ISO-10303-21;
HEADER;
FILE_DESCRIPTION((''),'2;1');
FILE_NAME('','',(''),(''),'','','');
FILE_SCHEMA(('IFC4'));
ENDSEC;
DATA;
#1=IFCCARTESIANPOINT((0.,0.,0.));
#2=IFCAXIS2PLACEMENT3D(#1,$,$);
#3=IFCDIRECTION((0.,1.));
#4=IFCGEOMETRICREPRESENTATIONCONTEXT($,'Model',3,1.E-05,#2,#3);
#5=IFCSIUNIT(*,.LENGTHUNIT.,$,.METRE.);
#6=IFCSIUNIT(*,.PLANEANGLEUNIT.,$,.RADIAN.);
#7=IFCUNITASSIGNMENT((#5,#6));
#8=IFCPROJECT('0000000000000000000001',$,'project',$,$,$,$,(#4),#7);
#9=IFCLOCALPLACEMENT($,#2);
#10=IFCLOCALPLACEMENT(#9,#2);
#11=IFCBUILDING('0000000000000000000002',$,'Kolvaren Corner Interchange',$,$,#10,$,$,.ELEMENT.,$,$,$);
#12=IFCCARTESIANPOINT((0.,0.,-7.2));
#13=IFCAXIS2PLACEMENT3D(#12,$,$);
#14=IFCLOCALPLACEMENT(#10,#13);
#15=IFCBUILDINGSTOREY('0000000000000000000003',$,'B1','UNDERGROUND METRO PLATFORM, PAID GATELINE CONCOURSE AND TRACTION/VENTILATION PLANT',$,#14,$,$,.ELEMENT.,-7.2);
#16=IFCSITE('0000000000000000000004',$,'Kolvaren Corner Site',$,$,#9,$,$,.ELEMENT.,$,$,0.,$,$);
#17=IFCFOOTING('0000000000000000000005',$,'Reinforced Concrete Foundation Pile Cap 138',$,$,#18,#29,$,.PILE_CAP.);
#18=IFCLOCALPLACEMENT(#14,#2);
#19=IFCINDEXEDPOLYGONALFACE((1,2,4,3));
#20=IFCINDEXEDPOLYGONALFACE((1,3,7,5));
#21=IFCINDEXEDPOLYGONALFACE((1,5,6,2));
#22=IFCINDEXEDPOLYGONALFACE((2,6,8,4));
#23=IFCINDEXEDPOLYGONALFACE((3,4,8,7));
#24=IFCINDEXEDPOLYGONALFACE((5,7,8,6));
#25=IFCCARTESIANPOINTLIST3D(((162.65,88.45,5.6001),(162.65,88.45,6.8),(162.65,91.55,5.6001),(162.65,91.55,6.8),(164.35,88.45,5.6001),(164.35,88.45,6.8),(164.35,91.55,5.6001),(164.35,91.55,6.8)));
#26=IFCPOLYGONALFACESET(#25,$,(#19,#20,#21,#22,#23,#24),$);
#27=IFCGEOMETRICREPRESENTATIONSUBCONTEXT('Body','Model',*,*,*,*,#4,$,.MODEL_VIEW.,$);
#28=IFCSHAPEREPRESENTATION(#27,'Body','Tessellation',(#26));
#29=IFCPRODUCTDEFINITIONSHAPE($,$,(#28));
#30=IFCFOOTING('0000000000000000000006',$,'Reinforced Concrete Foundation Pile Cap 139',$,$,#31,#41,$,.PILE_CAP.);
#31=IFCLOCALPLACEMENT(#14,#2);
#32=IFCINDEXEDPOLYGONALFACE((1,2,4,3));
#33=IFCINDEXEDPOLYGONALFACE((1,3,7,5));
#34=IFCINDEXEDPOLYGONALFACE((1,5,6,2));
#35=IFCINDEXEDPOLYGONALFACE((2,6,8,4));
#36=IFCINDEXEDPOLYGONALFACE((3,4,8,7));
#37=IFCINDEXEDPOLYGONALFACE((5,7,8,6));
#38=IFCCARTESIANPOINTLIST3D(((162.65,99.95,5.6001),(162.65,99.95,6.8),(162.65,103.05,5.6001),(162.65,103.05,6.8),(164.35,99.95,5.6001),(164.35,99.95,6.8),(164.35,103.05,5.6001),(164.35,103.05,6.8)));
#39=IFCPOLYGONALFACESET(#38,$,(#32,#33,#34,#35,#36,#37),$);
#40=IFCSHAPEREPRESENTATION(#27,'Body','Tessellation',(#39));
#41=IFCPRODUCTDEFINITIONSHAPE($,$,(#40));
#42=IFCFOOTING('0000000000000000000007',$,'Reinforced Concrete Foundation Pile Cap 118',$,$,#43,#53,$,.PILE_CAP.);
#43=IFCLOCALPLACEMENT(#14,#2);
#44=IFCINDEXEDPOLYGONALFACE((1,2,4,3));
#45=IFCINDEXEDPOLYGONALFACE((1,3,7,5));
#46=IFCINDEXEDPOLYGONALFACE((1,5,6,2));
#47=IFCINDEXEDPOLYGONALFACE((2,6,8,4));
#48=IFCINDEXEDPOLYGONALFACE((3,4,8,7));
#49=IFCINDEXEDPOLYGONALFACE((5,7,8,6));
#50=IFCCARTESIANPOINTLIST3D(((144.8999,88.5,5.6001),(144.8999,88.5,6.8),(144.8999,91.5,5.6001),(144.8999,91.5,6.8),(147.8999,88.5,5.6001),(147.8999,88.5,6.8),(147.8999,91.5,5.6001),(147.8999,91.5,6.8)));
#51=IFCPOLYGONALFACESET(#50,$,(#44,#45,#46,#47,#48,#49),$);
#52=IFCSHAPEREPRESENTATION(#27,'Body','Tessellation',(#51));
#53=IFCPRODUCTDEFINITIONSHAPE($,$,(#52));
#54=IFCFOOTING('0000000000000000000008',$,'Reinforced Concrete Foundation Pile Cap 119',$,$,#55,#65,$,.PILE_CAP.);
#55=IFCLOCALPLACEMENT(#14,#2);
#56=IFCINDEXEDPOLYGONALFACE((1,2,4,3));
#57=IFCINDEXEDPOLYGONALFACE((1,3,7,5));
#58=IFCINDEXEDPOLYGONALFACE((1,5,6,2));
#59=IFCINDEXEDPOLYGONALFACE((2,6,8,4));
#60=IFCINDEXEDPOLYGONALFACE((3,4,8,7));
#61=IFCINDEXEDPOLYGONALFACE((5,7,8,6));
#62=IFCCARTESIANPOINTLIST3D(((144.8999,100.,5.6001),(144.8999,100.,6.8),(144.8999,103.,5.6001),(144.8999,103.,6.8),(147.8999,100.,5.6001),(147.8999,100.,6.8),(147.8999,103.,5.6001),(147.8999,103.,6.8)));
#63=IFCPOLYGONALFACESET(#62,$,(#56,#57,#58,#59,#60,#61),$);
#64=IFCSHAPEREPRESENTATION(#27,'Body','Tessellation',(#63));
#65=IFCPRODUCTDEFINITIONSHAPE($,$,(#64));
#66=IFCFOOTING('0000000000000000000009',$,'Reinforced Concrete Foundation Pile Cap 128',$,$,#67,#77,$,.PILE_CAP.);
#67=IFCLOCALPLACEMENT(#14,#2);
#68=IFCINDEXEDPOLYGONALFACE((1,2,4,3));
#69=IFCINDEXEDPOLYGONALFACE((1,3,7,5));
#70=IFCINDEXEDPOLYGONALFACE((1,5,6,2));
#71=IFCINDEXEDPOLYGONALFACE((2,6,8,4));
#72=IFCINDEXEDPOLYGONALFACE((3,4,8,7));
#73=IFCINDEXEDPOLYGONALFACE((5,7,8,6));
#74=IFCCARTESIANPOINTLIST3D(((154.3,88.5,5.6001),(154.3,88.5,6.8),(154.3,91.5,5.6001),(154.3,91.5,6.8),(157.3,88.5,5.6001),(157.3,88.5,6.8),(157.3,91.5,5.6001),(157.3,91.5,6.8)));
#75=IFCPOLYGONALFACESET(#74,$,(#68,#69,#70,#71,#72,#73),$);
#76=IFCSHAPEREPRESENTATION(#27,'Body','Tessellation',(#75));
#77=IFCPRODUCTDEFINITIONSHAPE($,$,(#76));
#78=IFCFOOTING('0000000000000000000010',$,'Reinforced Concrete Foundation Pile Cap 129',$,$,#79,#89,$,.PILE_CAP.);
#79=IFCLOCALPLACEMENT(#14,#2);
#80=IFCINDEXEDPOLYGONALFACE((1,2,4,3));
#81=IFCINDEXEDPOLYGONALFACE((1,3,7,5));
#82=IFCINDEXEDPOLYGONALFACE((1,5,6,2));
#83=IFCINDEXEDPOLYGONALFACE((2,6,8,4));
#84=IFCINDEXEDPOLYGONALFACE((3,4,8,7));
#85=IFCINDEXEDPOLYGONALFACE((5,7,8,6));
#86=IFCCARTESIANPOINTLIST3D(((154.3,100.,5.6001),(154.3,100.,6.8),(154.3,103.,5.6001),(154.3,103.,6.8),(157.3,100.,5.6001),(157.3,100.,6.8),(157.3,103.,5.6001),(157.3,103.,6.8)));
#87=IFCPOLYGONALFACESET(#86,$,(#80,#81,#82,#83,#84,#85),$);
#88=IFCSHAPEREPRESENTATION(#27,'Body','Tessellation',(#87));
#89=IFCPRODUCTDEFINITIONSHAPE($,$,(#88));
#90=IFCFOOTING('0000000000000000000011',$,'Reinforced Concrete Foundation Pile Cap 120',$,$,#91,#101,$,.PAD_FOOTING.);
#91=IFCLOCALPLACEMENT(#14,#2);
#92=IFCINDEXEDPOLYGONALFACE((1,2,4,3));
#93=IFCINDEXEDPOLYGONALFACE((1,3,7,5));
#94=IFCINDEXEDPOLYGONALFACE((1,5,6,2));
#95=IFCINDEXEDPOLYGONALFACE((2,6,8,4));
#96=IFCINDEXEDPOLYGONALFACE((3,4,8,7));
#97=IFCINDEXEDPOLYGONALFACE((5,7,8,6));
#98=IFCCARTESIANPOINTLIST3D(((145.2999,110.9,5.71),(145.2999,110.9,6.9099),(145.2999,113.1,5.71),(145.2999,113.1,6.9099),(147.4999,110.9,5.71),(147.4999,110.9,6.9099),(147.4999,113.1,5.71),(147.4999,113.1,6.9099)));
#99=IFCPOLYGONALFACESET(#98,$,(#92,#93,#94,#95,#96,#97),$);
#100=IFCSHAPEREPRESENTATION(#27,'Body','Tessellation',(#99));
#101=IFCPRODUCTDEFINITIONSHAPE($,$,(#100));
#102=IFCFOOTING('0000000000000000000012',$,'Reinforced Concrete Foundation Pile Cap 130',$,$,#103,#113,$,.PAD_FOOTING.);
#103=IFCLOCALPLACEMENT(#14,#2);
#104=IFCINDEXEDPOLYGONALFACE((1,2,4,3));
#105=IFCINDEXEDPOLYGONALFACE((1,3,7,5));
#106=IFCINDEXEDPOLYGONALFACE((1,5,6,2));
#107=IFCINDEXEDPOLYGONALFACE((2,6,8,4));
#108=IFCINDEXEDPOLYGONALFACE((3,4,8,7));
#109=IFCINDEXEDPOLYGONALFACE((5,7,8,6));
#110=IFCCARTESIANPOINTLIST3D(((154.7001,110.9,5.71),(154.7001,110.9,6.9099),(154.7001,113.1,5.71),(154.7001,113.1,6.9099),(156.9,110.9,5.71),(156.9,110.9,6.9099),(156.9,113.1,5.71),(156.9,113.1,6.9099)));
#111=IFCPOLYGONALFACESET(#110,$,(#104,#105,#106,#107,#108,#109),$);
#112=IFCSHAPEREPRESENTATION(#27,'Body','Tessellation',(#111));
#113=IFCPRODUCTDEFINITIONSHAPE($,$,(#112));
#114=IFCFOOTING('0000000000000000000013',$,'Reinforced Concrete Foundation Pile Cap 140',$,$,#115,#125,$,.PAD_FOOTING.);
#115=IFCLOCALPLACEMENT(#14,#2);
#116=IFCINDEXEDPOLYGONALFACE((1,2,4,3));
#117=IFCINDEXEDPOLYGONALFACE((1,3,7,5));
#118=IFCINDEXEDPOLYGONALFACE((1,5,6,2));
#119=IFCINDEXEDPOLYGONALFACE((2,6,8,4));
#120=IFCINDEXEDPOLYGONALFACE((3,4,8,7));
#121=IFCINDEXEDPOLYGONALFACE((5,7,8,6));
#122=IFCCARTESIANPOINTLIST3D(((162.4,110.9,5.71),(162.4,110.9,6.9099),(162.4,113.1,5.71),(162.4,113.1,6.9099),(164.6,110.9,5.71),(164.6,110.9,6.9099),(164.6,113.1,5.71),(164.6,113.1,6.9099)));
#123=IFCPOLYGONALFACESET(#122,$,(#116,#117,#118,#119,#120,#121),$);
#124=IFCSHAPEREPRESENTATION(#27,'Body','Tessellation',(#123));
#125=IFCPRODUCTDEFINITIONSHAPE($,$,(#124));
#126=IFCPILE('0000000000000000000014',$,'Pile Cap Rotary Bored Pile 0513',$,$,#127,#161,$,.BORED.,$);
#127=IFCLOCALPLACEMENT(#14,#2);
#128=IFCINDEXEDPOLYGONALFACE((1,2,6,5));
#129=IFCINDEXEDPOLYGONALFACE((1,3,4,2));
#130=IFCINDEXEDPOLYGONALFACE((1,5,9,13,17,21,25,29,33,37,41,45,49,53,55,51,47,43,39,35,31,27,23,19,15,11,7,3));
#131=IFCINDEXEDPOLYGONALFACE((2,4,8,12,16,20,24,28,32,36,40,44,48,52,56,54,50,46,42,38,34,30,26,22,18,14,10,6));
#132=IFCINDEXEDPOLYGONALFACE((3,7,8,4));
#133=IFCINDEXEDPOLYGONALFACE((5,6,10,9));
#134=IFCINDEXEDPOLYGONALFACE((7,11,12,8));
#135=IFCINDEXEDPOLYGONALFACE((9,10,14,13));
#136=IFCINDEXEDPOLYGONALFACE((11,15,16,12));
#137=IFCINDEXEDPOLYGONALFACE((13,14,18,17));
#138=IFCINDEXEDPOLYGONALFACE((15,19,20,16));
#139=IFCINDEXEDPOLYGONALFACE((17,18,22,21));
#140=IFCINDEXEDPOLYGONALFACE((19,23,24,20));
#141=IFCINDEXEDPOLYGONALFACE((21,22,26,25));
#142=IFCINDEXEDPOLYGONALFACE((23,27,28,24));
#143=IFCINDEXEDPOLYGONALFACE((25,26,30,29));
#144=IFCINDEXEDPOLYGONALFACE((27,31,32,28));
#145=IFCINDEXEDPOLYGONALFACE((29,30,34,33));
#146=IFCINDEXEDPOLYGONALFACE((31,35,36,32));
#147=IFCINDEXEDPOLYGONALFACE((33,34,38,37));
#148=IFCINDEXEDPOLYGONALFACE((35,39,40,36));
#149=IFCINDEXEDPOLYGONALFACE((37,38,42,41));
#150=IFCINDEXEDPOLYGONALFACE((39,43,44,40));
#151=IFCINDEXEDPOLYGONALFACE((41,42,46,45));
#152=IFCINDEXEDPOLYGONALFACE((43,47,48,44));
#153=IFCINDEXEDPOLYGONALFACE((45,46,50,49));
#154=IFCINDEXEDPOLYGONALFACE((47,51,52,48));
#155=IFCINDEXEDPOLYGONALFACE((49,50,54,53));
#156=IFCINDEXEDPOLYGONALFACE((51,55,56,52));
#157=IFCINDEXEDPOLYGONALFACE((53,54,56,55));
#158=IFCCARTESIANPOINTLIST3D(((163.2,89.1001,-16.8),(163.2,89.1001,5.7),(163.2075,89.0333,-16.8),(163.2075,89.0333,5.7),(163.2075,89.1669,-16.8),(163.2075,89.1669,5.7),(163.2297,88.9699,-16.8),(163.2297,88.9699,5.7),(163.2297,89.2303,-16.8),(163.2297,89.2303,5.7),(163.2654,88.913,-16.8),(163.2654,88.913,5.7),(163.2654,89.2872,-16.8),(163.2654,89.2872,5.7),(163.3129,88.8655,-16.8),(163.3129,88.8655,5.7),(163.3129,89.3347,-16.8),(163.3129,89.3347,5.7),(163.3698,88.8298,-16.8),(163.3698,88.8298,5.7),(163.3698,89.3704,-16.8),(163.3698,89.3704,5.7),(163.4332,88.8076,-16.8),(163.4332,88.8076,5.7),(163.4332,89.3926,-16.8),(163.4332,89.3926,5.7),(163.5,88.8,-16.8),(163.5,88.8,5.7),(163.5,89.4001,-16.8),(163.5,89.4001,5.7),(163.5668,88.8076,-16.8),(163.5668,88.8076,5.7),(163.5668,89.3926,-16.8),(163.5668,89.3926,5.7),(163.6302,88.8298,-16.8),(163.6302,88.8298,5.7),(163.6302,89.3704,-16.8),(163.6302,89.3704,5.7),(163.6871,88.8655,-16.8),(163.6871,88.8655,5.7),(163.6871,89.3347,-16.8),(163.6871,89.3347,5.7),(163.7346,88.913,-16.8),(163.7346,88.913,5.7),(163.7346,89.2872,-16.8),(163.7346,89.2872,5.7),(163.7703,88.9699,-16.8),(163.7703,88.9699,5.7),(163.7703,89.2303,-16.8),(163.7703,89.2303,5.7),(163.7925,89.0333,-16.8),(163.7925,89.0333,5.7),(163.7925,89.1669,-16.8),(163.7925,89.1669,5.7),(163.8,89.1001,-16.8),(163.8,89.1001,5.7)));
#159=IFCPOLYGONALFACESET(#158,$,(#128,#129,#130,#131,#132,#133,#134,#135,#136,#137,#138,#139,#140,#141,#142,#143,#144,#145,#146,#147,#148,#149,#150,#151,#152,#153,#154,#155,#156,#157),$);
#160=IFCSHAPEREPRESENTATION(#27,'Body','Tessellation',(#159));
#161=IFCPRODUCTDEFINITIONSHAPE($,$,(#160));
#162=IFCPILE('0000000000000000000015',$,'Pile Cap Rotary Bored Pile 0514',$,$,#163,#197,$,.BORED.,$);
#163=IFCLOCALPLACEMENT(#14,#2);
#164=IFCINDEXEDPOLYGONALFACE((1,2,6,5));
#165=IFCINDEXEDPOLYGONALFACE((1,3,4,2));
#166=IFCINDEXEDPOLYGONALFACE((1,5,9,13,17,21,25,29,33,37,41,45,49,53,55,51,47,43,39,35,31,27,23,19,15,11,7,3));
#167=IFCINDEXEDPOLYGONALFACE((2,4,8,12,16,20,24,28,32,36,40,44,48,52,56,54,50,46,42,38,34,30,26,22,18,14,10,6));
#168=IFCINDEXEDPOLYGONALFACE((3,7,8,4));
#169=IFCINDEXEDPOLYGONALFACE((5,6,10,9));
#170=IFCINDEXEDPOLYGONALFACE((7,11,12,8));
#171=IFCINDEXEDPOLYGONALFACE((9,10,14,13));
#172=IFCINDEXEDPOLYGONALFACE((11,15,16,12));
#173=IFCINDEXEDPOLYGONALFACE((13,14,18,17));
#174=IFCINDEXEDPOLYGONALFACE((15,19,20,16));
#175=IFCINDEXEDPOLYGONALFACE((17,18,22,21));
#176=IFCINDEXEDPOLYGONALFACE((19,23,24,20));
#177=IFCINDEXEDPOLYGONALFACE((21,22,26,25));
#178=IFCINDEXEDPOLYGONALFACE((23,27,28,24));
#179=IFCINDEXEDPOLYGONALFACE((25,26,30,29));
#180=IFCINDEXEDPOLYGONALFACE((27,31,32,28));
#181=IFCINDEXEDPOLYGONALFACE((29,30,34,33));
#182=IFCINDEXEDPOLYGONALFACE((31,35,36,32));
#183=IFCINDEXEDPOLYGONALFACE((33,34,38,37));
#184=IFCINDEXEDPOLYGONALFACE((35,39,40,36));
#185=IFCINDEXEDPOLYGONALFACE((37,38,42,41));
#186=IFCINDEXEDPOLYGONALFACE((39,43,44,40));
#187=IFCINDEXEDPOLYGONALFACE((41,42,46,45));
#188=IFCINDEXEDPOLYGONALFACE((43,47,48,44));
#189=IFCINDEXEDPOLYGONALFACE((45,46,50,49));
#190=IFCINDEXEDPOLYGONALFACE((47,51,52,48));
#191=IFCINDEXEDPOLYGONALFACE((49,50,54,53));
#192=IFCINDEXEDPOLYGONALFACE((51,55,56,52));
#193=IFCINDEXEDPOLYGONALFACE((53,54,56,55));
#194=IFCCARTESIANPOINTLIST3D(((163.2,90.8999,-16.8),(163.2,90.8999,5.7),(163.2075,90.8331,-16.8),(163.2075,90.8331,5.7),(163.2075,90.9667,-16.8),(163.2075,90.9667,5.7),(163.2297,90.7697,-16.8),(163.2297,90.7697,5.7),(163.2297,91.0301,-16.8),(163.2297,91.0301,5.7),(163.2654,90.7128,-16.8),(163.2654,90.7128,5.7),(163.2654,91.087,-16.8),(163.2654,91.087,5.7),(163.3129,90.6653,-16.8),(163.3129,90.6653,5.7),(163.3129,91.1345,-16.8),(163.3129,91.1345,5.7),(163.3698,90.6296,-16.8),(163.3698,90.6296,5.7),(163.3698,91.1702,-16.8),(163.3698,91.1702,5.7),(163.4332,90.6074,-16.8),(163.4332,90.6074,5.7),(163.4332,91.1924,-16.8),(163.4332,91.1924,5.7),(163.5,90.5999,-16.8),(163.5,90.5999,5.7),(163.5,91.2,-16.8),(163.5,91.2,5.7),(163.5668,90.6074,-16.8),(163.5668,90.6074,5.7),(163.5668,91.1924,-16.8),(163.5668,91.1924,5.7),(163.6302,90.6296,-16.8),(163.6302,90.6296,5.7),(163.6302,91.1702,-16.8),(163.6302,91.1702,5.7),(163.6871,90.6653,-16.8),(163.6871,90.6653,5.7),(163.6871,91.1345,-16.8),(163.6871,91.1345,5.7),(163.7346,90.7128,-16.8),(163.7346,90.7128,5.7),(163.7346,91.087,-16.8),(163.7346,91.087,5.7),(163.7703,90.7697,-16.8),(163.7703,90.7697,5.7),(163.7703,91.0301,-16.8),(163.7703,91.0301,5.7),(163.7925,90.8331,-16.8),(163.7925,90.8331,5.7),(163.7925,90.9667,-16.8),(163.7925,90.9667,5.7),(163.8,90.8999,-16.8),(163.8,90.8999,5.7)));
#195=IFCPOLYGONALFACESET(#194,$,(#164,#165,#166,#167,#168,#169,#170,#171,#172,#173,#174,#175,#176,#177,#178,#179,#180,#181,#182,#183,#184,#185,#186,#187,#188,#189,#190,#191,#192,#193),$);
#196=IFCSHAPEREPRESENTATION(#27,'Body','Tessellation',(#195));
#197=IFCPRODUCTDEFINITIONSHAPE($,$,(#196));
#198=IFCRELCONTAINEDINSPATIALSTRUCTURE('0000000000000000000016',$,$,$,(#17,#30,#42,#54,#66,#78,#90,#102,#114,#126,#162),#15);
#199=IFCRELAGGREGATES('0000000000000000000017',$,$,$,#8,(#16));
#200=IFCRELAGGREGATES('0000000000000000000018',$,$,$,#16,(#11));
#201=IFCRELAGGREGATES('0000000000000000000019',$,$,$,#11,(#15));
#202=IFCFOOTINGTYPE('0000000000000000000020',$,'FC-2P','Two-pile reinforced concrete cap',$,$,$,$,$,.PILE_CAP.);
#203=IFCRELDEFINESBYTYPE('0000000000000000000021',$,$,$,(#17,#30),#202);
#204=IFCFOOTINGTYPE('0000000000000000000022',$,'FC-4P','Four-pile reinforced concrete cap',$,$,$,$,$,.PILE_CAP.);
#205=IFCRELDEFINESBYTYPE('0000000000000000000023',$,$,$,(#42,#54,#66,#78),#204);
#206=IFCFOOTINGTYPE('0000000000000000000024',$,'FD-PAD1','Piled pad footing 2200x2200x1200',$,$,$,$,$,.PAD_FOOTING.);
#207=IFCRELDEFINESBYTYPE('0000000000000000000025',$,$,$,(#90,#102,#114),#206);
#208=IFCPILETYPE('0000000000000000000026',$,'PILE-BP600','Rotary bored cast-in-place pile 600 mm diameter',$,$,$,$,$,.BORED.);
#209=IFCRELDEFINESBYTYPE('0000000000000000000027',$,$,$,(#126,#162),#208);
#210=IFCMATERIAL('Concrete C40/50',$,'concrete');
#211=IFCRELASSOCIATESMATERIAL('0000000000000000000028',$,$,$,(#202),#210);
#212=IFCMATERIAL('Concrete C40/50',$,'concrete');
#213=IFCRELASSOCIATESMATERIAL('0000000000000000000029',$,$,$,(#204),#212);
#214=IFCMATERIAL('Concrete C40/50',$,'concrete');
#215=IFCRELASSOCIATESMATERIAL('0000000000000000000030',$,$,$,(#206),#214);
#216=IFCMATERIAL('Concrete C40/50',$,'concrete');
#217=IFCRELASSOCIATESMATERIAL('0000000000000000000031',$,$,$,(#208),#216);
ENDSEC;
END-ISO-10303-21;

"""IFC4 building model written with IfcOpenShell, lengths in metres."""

from ifc_helpers import new_model, si_unit, direction, frame, origin, origin_2d, place, context, subcontext, project, spatial, rectangle, circle, extrude, material, material_profile, profile_set, type_object, element, save


model = new_model("IFC4")

# Units and contexts
model_context = context("Model", 3, precision=1e-05, world=origin(), true_north=direction((0.0, 1.0)))
body_context = subcontext(model_context, "Body", "Model", "MODEL_VIEW")
ifc_project = project(units=[si_unit("LENGTHUNIT", "METRE"), si_unit("PLANEANGLEUNIT", "RADIAN")], contexts=[model_context])

# Site, building, storey
site_placement = place(None, origin())
site = spatial("IfcSite", under=ifc_project, at=site_placement, Name="Kolvaren Corner Site", CompositionType="ELEMENT", RefElevation=0.0)
building_placement = place(site_placement, origin())
building = spatial("IfcBuilding", under=site, at=building_placement, Name="Kolvaren Corner Interchange", CompositionType="ELEMENT")
storey_placement = place(building_placement, frame((0.0, 0.0, -7.2)))
storey = spatial("IfcBuildingStorey", under=building, at=storey_placement, Name="B1", Description="UNDERGROUND METRO PLATFORM, PAID GATELINE CONCOURSE AND TRACTION/VENTILATION PLANT", CompositionType="ELEMENT", Elevation=-7.2)

# Footings
ifc_material_1 = material(Name="Concrete C40/50", Category="concrete")
footing_type_1 = type_object("IfcFootingType", Name="FC-2P", Description="Two-pile reinforced concrete cap", PredefinedType="PILE_CAP", material=ifc_material_1)
for number, where, z_axis, x_axis, name in (
    (1, (163.5, 90.0, 5.6001), (0.0, 0.0, 1.0), (1.0, 0.0, 0.0), "Reinforced Concrete Foundation Pile Cap 138"),
    (2, (163.5, 101.5, 5.6001), (0.0, 0.0, 1.0), (1.0, 0.0, 0.0), "Reinforced Concrete Foundation Pile Cap 139"),
):
    element("IfcFooting", number, at=place(storey_placement, frame(where, z_axis=z_axis, x_axis=x_axis)), inside=storey, type_object=footing_type_1, Name=name, PredefinedType="PILE_CAP", context=body_context, shape_type="SweptSolid", body=[
        extrude(rectangle(XDim=1.7, YDim=3.1001, at=origin_2d()), origin(), (0.0, 0.0, 1.0), 1.2),
    ])
ifc_material_2 = material(Name="Concrete C40/50", Category="concrete")
footing_type_2 = type_object("IfcFootingType", Name="FC-4P", Description="Four-pile reinforced concrete cap", PredefinedType="PILE_CAP", material=ifc_material_2)
for number, where, z_axis, x_axis, name in (
    (3, (146.3999, 90.0, 5.6001), (0.0, 0.0, 1.0), (1.0, 0.0, 0.0), "Reinforced Concrete Foundation Pile Cap 118"),
    (4, (146.3999, 101.5, 5.6001), (0.0, 0.0, 1.0), (1.0, 0.0, 0.0), "Reinforced Concrete Foundation Pile Cap 119"),
    (5, (155.8, 90.0, 5.6001), (0.0, 0.0, 1.0), (1.0, 0.0, 0.0), "Reinforced Concrete Foundation Pile Cap 128"),
    (6, (155.8, 101.5, 5.6001), (0.0, 0.0, 1.0), (1.0, 0.0, 0.0), "Reinforced Concrete Foundation Pile Cap 129"),
):
    element("IfcFooting", number, at=place(storey_placement, frame(where, z_axis=z_axis, x_axis=x_axis)), inside=storey, type_object=footing_type_2, Name=name, PredefinedType="PILE_CAP", context=body_context, shape_type="SweptSolid", body=[
        extrude(rectangle(XDim=3.0, YDim=3.0, at=origin_2d()), origin(), (0.0, 0.0, 1.0), 1.2),
    ])
ifc_material_3 = material(Name="Concrete C40/50", Category="concrete")
footing_type_3 = type_object("IfcFootingType", Name="FD-PAD1", Description="Piled pad footing 2200x2200x1200", PredefinedType="PAD_FOOTING", material=ifc_material_3)
for number, where, z_axis, x_axis, name in (
    (7, (146.3999, 112.0, 5.71), (0.0, 0.0, 1.0), (1.0, 0.0, 0.0), "Reinforced Concrete Foundation Pile Cap 120"),
    (8, (155.8, 112.0, 5.71), (0.0, 0.0, 1.0), (1.0, 0.0, 0.0), "Reinforced Concrete Foundation Pile Cap 130"),
    (9, (163.5, 112.0, 5.71), (0.0, 0.0, 1.0), (1.0, 0.0, 0.0), "Reinforced Concrete Foundation Pile Cap 140"),
):
    element("IfcFooting", number, at=place(storey_placement, frame(where, z_axis=z_axis, x_axis=x_axis)), inside=storey, type_object=footing_type_3, Name=name, PredefinedType="PAD_FOOTING", context=body_context, shape_type="SweptSolid", body=[
        extrude(rectangle(XDim=2.2, YDim=2.2, at=origin_2d()), origin(), (0.0, 0.0, 1.0), 1.2),
    ])

# Piles
ifc_material_4 = material(Name="Concrete C40/50", Category="concrete")
ifc_material_profile_1 = material_profile(ifc_material_4, circle(Radius=0.3, at=origin_2d()), Name="BORED PILE 600")
ifc_profile_set_1 = profile_set([ifc_material_profile_1], Name="Concrete C40/50")
pile_type_1 = type_object("IfcPileType", Name="PILE-BP600", Description="Rotary bored cast-in-place pile 600 mm diameter", PredefinedType="BORED", material=ifc_profile_set_1)
for number, where, z_axis, x_axis, name in (
    (10, (163.5, 89.1001, 5.7), (0.0, 0.0, -1.0), (1.0, 0.0, 0.0), "Pile Cap Rotary Bored Pile 0513"),
    (11, (163.5, 90.8999, 5.7), (0.0, 0.0, -1.0), (1.0, 0.0, 0.0), "Pile Cap Rotary Bored Pile 0514"),
):
    element("IfcPile", number, at=place(storey_placement, frame(where, z_axis=z_axis, x_axis=x_axis)), inside=storey, type_object=pile_type_1, Name=name, PredefinedType="BORED", context=body_context, shape_type="SweptSolid", body=[
        extrude(circle(Radius=0.3, at=origin_2d()), origin(), (0.0, 0.0, 1.0), 22.5),
    ])

save(model, "model.ifc")
